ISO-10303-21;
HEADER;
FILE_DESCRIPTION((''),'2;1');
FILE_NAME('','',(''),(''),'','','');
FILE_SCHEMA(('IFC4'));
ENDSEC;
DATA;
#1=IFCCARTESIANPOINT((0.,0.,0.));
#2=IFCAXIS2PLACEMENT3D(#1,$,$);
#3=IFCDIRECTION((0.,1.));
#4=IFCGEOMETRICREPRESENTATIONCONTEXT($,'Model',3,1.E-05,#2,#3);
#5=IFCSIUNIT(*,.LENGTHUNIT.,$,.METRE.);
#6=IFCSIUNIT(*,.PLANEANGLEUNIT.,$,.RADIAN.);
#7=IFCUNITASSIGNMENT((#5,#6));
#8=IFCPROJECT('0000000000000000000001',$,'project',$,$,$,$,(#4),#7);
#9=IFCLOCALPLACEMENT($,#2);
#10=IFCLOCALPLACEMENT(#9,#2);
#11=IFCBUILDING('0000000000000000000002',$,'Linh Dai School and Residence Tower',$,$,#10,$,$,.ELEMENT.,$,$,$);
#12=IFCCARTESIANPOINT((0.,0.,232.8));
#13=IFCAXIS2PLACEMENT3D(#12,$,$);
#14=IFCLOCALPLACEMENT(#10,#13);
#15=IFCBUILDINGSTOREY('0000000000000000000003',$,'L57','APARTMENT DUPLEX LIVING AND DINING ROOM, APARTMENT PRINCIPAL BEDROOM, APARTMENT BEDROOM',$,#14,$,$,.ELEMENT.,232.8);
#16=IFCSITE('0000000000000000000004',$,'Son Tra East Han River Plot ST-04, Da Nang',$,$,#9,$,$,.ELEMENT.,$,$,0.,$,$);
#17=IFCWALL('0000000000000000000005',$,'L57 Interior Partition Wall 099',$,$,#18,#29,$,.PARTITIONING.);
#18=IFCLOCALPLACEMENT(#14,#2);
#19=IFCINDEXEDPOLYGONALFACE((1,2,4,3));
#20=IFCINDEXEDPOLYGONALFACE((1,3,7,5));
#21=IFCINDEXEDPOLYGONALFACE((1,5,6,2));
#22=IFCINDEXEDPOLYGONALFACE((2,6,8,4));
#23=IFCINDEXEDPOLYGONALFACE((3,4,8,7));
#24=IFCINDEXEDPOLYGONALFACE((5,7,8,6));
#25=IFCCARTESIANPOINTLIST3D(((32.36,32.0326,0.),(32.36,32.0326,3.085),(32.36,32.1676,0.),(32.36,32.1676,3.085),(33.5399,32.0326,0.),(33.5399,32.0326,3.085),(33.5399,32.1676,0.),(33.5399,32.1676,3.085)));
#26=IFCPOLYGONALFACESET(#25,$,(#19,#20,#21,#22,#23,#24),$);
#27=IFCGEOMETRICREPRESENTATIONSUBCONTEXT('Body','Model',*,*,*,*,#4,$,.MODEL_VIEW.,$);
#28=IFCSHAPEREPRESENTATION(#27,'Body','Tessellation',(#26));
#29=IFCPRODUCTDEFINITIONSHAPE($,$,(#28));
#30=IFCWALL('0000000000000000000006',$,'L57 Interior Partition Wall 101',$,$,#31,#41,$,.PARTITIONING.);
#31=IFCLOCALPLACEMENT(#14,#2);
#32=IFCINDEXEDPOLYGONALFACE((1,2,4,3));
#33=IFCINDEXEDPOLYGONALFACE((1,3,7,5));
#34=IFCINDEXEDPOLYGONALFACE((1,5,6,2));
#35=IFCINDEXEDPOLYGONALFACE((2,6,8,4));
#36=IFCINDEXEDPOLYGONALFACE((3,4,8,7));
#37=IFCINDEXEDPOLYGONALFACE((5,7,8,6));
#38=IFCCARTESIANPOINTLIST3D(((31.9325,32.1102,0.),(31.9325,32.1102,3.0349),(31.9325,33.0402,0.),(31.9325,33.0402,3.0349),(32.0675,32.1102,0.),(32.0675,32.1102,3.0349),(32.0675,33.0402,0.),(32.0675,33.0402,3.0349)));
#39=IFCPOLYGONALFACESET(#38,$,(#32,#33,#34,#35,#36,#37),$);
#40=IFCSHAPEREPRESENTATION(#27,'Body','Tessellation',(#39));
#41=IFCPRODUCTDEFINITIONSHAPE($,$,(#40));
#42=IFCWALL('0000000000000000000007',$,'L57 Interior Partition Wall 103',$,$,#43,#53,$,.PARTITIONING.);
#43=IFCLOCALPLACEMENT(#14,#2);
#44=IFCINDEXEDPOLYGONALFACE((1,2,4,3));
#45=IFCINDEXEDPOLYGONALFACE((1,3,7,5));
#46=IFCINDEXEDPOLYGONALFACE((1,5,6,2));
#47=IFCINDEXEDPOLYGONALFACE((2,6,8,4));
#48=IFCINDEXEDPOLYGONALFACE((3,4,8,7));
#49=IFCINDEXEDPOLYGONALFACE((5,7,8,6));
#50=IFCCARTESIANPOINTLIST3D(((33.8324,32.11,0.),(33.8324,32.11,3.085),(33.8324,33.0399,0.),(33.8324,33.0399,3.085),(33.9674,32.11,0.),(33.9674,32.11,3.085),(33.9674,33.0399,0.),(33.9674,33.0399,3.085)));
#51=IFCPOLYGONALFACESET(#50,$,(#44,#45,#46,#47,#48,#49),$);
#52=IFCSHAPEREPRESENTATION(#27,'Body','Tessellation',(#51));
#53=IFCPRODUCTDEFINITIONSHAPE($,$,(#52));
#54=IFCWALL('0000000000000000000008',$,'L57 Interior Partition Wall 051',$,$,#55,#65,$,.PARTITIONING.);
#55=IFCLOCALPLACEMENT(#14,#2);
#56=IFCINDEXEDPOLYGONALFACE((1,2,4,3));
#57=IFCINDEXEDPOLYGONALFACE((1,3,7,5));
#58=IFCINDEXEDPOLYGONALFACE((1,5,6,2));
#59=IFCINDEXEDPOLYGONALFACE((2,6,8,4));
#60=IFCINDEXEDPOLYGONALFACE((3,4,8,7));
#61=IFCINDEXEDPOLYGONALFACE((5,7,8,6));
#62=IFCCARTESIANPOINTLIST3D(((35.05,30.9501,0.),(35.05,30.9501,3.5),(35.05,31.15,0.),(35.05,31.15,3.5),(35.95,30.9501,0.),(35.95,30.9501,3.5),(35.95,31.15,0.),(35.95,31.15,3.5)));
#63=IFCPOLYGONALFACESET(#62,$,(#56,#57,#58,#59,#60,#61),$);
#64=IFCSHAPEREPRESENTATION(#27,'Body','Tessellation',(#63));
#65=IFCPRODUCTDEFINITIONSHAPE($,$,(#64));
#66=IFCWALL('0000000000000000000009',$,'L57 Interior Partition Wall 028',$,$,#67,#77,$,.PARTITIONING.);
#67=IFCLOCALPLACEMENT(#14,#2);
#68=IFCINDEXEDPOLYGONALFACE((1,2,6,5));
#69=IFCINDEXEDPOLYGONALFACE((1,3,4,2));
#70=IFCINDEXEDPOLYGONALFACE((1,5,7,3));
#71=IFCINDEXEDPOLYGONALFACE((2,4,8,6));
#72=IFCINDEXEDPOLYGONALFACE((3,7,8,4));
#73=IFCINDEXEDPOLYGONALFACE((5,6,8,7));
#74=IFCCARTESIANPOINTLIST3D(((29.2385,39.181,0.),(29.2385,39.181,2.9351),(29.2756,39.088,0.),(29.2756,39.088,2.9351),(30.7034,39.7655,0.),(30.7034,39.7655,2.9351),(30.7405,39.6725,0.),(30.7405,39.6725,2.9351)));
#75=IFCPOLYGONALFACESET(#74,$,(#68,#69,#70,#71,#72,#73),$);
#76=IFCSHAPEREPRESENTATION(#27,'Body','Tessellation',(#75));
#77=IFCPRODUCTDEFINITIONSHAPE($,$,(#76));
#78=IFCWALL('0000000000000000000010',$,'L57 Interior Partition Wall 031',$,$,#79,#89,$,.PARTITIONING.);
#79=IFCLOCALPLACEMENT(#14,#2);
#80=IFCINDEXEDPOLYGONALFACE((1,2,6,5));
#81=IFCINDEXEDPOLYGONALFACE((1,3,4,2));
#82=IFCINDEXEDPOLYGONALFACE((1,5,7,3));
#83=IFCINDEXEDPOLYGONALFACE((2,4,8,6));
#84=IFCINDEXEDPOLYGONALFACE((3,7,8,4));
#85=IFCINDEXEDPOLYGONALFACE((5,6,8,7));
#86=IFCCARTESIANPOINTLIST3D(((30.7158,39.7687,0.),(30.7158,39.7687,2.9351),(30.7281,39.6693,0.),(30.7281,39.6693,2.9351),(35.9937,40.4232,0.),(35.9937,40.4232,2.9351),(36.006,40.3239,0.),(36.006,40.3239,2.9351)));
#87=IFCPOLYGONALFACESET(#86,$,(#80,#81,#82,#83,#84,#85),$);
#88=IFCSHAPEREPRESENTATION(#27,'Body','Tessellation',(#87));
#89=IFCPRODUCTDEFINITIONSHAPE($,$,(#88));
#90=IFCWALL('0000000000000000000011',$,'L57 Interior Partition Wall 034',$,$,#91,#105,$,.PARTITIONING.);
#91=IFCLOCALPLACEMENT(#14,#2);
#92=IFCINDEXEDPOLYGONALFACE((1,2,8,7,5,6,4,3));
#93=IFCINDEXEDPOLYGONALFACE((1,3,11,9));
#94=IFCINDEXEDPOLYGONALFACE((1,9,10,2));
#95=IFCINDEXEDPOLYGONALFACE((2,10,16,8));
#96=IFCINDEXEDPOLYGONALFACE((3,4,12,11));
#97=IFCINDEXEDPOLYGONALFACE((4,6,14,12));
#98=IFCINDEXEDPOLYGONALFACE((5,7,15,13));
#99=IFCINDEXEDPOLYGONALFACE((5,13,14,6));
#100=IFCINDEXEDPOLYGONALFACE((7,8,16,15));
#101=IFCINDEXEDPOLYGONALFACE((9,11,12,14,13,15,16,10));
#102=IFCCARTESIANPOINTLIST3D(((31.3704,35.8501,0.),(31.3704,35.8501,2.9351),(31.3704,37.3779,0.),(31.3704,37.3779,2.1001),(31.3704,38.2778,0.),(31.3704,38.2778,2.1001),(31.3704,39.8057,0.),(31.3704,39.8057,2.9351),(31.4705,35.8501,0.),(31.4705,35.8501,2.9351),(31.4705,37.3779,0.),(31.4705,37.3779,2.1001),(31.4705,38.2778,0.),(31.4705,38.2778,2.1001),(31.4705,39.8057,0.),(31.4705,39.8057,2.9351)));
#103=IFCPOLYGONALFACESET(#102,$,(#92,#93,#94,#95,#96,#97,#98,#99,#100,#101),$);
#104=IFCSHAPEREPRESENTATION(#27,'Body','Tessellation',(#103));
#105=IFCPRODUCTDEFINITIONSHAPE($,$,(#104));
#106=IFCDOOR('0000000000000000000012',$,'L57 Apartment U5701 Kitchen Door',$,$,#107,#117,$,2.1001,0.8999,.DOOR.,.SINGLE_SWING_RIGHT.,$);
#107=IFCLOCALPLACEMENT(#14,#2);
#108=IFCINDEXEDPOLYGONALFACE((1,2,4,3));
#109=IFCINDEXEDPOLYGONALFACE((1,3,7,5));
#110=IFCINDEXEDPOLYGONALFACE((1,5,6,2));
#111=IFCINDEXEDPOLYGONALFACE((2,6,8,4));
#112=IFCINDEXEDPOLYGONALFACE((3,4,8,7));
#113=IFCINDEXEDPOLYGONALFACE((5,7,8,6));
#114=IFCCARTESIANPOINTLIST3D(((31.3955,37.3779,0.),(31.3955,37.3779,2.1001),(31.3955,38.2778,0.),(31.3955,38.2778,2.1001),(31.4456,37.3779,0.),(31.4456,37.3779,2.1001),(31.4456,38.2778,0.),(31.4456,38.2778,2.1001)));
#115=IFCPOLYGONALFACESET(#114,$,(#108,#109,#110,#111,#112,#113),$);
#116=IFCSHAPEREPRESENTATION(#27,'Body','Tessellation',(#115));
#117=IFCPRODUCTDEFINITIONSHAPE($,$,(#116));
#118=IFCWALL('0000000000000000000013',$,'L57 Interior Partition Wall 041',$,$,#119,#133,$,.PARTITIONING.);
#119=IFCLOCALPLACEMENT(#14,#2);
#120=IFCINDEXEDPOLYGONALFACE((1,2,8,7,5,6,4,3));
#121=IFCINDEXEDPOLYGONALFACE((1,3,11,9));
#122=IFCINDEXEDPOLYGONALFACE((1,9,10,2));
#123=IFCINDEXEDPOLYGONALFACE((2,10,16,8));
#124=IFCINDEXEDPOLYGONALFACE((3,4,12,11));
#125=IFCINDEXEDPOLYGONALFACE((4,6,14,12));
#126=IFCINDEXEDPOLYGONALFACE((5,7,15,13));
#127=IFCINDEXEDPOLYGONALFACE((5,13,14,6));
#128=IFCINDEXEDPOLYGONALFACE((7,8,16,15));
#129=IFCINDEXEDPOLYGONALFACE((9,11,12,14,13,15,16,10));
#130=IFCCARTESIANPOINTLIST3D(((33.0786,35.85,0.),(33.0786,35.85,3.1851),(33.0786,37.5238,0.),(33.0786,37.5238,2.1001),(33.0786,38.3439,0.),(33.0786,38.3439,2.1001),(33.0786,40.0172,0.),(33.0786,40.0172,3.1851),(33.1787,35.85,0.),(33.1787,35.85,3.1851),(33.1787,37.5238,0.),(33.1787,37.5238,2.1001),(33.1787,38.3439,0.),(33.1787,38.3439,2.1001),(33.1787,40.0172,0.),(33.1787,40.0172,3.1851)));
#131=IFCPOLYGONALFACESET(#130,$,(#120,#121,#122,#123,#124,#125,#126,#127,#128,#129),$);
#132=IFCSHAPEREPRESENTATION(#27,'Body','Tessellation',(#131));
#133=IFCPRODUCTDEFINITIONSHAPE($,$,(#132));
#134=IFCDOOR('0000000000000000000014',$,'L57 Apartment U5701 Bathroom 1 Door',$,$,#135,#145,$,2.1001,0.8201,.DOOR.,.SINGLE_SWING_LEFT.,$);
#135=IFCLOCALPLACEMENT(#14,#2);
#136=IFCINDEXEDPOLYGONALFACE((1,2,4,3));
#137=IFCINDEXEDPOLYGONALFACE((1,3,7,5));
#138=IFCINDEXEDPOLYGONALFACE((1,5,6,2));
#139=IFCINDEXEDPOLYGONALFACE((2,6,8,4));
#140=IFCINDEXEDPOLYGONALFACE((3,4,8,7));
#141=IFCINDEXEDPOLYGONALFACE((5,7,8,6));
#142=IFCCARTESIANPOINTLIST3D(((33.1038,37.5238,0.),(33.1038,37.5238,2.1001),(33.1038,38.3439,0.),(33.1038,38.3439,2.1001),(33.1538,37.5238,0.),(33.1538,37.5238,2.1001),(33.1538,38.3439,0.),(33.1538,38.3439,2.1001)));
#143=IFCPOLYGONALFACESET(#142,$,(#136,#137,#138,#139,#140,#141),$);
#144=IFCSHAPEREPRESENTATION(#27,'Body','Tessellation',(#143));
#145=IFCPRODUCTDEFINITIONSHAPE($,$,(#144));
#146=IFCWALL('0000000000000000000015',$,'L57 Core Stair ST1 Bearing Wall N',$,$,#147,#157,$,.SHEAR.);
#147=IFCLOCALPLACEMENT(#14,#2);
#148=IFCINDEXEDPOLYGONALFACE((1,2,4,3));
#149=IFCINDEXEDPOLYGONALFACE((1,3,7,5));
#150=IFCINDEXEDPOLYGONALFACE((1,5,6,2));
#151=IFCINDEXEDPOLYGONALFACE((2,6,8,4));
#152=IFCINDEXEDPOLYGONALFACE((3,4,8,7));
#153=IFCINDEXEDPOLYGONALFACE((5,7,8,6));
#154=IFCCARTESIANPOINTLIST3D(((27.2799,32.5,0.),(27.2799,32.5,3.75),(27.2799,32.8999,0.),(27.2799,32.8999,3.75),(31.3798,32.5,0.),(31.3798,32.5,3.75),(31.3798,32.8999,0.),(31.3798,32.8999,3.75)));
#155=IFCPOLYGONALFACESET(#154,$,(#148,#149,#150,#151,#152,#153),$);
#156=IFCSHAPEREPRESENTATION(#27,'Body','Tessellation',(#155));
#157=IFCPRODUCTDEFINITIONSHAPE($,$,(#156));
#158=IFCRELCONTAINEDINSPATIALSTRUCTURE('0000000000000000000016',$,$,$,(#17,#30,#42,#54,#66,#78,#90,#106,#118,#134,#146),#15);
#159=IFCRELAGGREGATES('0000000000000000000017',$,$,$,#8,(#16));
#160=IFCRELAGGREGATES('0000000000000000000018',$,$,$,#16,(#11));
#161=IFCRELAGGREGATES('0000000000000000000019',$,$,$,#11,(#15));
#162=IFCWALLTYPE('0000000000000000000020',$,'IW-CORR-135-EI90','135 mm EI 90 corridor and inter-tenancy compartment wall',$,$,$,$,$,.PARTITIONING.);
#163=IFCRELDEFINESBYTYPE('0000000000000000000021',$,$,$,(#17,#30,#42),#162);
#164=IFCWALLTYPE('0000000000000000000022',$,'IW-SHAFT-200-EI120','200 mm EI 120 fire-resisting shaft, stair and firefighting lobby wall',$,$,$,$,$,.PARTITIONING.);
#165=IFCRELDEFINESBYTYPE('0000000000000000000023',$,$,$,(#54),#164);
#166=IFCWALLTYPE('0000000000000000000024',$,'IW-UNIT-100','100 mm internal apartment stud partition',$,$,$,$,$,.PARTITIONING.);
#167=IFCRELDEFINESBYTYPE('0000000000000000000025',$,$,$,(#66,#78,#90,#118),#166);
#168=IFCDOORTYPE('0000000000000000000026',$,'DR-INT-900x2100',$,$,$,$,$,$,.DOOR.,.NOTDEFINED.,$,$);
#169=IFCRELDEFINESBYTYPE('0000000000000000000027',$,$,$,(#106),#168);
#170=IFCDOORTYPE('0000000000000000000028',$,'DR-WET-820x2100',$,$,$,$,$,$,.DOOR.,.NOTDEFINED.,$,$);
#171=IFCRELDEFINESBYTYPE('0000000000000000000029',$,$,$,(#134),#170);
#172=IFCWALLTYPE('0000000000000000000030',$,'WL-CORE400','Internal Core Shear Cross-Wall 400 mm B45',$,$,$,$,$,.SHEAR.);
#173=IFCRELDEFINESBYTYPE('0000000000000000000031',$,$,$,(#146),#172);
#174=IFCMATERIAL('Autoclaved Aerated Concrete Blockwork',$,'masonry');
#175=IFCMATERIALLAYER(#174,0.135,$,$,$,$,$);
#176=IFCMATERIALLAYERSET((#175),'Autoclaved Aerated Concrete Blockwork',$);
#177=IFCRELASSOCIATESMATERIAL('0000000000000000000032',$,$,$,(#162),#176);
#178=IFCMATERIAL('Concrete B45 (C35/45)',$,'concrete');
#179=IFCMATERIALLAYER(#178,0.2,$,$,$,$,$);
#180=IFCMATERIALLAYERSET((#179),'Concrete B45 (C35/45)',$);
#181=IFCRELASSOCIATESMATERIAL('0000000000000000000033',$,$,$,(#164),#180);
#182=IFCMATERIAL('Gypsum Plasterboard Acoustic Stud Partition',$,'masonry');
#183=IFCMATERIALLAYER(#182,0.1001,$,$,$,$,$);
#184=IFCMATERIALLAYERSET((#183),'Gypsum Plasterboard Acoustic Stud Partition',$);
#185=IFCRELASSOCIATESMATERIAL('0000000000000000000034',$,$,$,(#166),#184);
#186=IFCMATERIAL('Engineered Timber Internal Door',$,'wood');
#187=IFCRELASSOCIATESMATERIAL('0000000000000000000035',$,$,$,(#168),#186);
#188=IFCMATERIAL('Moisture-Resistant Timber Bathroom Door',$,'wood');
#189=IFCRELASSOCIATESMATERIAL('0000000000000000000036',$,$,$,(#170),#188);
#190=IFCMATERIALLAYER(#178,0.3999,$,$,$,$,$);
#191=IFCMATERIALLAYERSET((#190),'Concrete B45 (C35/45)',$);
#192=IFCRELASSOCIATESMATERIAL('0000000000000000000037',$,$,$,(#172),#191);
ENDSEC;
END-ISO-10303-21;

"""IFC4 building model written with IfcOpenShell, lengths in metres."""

from ifc_helpers import new_model, si_unit, direction, frame, frame_2d, origin, origin_2d, place, context, subcontext, project, spatial, rectangle, extrude, source, transform, mapped, material, layer, layer_set, type_object, element, fill, save


model = new_model("IFC4")

# Units and contexts
model_context = context("Model", 3, precision=1e-05, world=origin(), true_north=direction((0.0, 1.0)))
body_context = subcontext(model_context, "Body", "Model", "MODEL_VIEW")
ifc_project = project(units=[si_unit("LENGTHUNIT", "METRE"), si_unit("PLANEANGLEUNIT", "RADIAN")], contexts=[model_context])

# Site, building, storey
site_placement = place(None, origin())
site = spatial("IfcSite", under=ifc_project, at=site_placement, Name="Son Tra East Han River Plot ST-04, Da Nang", CompositionType="ELEMENT", RefElevation=0.0)
building_placement = place(site_placement, origin())
building = spatial("IfcBuilding", under=site, at=building_placement, Name="Linh Dai School and Residence Tower", CompositionType="ELEMENT")
storey_placement = place(building_placement, frame((0.0, 0.0, 232.8)))
storey = spatial("IfcBuildingStorey", under=building, at=storey_placement, Name="L57", Description="APARTMENT DUPLEX LIVING AND DINING ROOM, APARTMENT PRINCIPAL BEDROOM, APARTMENT BEDROOM", CompositionType="ELEMENT", Elevation=232.8)

# Walls
ifc_material_1 = material(Name="Autoclaved Aerated Concrete Blockwork", Category="masonry")
ifc_layer_1 = layer(ifc_material_1, 0.135)
ifc_layer_set_1 = layer_set([ifc_layer_1], Name="Autoclaved Aerated Concrete Blockwork")
wall_type_1 = type_object("IfcWallType", Name="IW-CORR-135-EI90", Description="135 mm EI 90 corridor and inter-tenancy compartment wall", PredefinedType="PARTITIONING", material=ifc_layer_set_1)
wall_1_placement = place(storey_placement, frame((32.3601, 32.1001, 0.0), z_axis=(0.0, 0.0, 1.0), x_axis=(1.0, 0.0, 0.0)))
element("IfcWall", 1, at=wall_1_placement, inside=storey, type_object=wall_type_1, Name="L57 Interior Partition Wall 099", PredefinedType="PARTITIONING", context=body_context, shape_type="SweptSolid", body=[
    extrude(rectangle(XDim=1.1799, YDim=0.135, at=frame_2d((0.5898, 0.0))), origin(), (0.0, 0.0, 1.0), 3.085),
])
wall_2_placement = place(storey_placement, frame((32.0, 33.04, 0.0), z_axis=(0.0, 0.0, 1.0), x_axis=(0.0, -1.0, 0.0)))
element("IfcWall", 2, at=wall_2_placement, inside=storey, type_object=wall_type_1, Name="L57 Interior Partition Wall 101", PredefinedType="PARTITIONING", context=body_context, shape_type="SweptSolid", body=[
    extrude(rectangle(XDim=0.9299, YDim=0.135, at=frame_2d((0.4648, 0.0))), origin(), (0.0, 0.0, 1.0), 3.0349),
])
wall_3_placement = place(storey_placement, frame((33.8999, 32.1101, 0.0), z_axis=(0.0, 0.0, 1.0), x_axis=(0.0, 1.0, 0.0)))
element("IfcWall", 3, at=wall_3_placement, inside=storey, type_object=wall_type_1, Name="L57 Interior Partition Wall 103", PredefinedType="PARTITIONING", context=body_context, shape_type="SweptSolid", body=[
    extrude(rectangle(XDim=0.9299, YDim=0.135, at=frame_2d((0.4648, 0.0))), origin(), (0.0, 0.0, 1.0), 3.085),
])
ifc_material_2 = material(Name="Concrete B45 (C35/45)", Category="concrete")
ifc_layer_2 = layer(ifc_material_2, 0.2)
ifc_layer_set_2 = layer_set([ifc_layer_2], Name="Concrete B45 (C35/45)")
wall_type_2 = type_object("IfcWallType", Name="IW-SHAFT-200-EI120", Description="200 mm EI 120 fire-resisting shaft, stair and firefighting lobby wall", PredefinedType="PARTITIONING", material=ifc_layer_set_2)
wall_4_placement = place(storey_placement, frame((35.05, 31.05, 0.0), z_axis=(0.0, 0.0, 1.0), x_axis=(1.0, 0.0, 0.0)))
element("IfcWall", 4, at=wall_4_placement, inside=storey, type_object=wall_type_2, Name="L57 Interior Partition Wall 051", PredefinedType="PARTITIONING", context=body_context, shape_type="SweptSolid", body=[
    extrude(rectangle(XDim=0.8999, YDim=0.2, at=frame_2d((0.45, 0.0))), origin(), (0.0, 0.0, 1.0), 3.5),
])
ifc_material_3 = material(Name="Gypsum Plasterboard Acoustic Stud Partition", Category="masonry")
ifc_layer_3 = layer(ifc_material_3, 0.1001)
ifc_layer_set_3 = layer_set([ifc_layer_3], Name="Gypsum Plasterboard Acoustic Stud Partition")
wall_type_3 = type_object("IfcWallType", Name="IW-UNIT-100", Description="100 mm internal apartment stud partition", PredefinedType="PARTITIONING", material=ifc_layer_set_3)
wall_5_placement = place(storey_placement, frame((29.2571, 39.1345, 0.0), z_axis=(0.0, 0.0, 1.0), x_axis=(0.928797, 0.37059, 0.0)))
element("IfcWall", 5, at=wall_5_placement, inside=storey, type_object=wall_type_3, Name="L57 Interior Partition Wall 028", PredefinedType="PARTITIONING", context=body_context, shape_type="SweptSolid", body=[
    extrude(rectangle(XDim=1.5771, YDim=0.1001, at=frame_2d((0.7886, 0.0))), origin(), (0.0, 0.0, 1.0), 2.9351),
])
wall_6_placement = place(storey_placement, frame((30.7219, 39.719, 0.0), z_axis=(0.0, 0.0, 1.0), x_axis=(0.992397, 0.123074, 0.0)))
element("IfcWall", 6, at=wall_6_placement, inside=storey, type_object=wall_type_3, Name="L57 Interior Partition Wall 031", PredefinedType="PARTITIONING", context=body_context, shape_type="SweptSolid", body=[
    extrude(rectangle(XDim=5.3184, YDim=0.1001, at=frame_2d((2.6592, 0.0))), origin(), (0.0, 0.0, 1.0), 2.9351),
])

# Walls, openings, doors
wall_7_placement = place(storey_placement, frame((31.4204, 35.8501, 0.0), z_axis=(0.0, 0.0, 1.0), x_axis=(0.0, 1.0, 0.0)))
wall_7 = element("IfcWall", 7, at=wall_7_placement, inside=storey, type_object=wall_type_3, Name="L57 Interior Partition Wall 034", PredefinedType="PARTITIONING", context=body_context, shape_type="SweptSolid", body=[
    extrude(rectangle(XDim=3.9556, YDim=0.1001, at=frame_2d((1.9778, 0.0))), origin(), (0.0, 0.0, 1.0), 2.9351),
])
opening_1_placement = place(wall_7_placement, frame((1.5278, 0.0, 0.0)))
opening_1 = element("IfcOpeningElement", 8, at=opening_1_placement, cuts=wall_7, PredefinedType="OPENING", context=body_context, shape_type="SweptSolid", body=[
    extrude(rectangle(XDim=0.8999, YDim=2.1001, at=origin_2d()), frame((0.45, 0.0601, 1.05), z_axis=(0.0, -1.0, 0.0), x_axis=(1.0, 0.0, 0.0)), (0.0, 0.0, 1.0), 0.1201),
])
ifc_material_4 = material(Name="Engineered Timber Internal Door", Category="wood")
door_type_1 = type_object("IfcDoorType", Name="DR-INT-900x2100", OperationType="NOTDEFINED", PredefinedType="DOOR", material=ifc_material_4)
shared_shape_1 = source(origin(), body_context, "Body", "SweptSolid", [
    extrude(rectangle(XDim=0.8999, YDim=2.1001, at=origin_2d()), frame((0.45, 0.0249, 1.05), z_axis=(0.0, -1.0, 0.0), x_axis=(1.0, 0.0, 0.0)), (0.0, 0.0, 1.0), 0.05),
])
door_1_placement = place(opening_1_placement, origin())
door_1 = element("IfcDoor", 9, at=door_1_placement, inside=storey, type_object=door_type_1, Name="L57 Apartment U5701 Kitchen Door", OperationType="SINGLE_SWING_RIGHT", OverallHeight=2.1001, OverallWidth=0.8999, PredefinedType="DOOR", context=body_context, shape_type="MappedRepresentation", body=[
    mapped(shared_shape_1, transform((0.0, 0.0, 0.0), x_axis=(1.0, 0.0, 0.0), y_axis=(0.0, 1.0, 0.0), z_axis=(0.0, 0.0, 1.0), scale=1.0)),
])
fill(opening_1, door_1)
wall_8_placement = place(storey_placement, frame((33.1287, 35.8501, 0.0), z_axis=(0.0, 0.0, 1.0), x_axis=(0.0, 1.0, 0.0)))
wall_8 = element("IfcWall", 10, at=wall_8_placement, inside=storey, type_object=wall_type_3, Name="L57 Interior Partition Wall 041", PredefinedType="PARTITIONING", context=body_context, shape_type="SweptSolid", body=[
    extrude(rectangle(XDim=4.1672, YDim=0.1001, at=frame_2d((2.0835, 0.0))), origin(), (0.0, 0.0, 1.0), 3.1851),
])
opening_2_placement = place(wall_8_placement, frame((1.6736, 0.0, 0.0)))
opening_2 = element("IfcOpeningElement", 11, at=opening_2_placement, cuts=wall_8, PredefinedType="OPENING", context=body_context, shape_type="SweptSolid", body=[
    extrude(rectangle(XDim=0.8201, YDim=2.1001, at=origin_2d()), frame((0.4102, 0.0601, 1.05), z_axis=(0.0, -1.0, 0.0), x_axis=(1.0, 0.0, 0.0)), (0.0, 0.0, 1.0), 0.1201),
])
ifc_material_5 = material(Name="Moisture-Resistant Timber Bathroom Door", Category="wood")
door_type_2 = type_object("IfcDoorType", Name="DR-WET-820x2100", OperationType="NOTDEFINED", PredefinedType="DOOR", material=ifc_material_5)
shared_shape_2 = source(origin(), body_context, "Body", "SweptSolid", [
    extrude(rectangle(XDim=0.8201, YDim=2.1001, at=origin_2d()), frame((0.4102, 0.0249, 1.05), z_axis=(0.0, -1.0, 0.0), x_axis=(1.0, 0.0, 0.0)), (0.0, 0.0, 1.0), 0.05),
])
door_2_placement = place(opening_2_placement, origin())
door_2 = element("IfcDoor", 12, at=door_2_placement, inside=storey, type_object=door_type_2, Name="L57 Apartment U5701 Bathroom 1 Door", OperationType="SINGLE_SWING_LEFT", OverallHeight=2.1001, OverallWidth=0.8201, PredefinedType="DOOR", context=body_context, shape_type="MappedRepresentation", body=[
    mapped(shared_shape_2, transform((0.0, 0.0, 0.0), x_axis=(1.0, 0.0, 0.0), y_axis=(0.0, 1.0, 0.0), z_axis=(0.0, 0.0, 1.0), scale=1.0)),
])
fill(opening_2, door_2)

# Wall
ifc_layer_4 = layer(ifc_material_2, 0.3999)
ifc_layer_set_4 = layer_set([ifc_layer_4], Name="Concrete B45 (C35/45)")
wall_type_4 = type_object("IfcWallType", Name="WL-CORE400", Description="Internal Core Shear Cross-Wall 400 mm B45", PredefinedType="SHEAR", material=ifc_layer_set_4)
wall_9_placement = place(storey_placement, frame((27.28, 32.7, 0.0), z_axis=(0.0, 0.0, 1.0), x_axis=(1.0, 0.0, 0.0)))
element("IfcWall", 13, at=wall_9_placement, inside=storey, type_object=wall_type_4, Name="L57 Core Stair ST1 Bearing Wall N", PredefinedType="SHEAR", context=body_context, shape_type="SweptSolid", body=[
    extrude(rectangle(XDim=4.0999, YDim=0.3999, at=frame_2d((2.0498, 0.0))), origin(), (0.0, 0.0, 1.0), 3.75),
])

save(model, "model.ifc")
